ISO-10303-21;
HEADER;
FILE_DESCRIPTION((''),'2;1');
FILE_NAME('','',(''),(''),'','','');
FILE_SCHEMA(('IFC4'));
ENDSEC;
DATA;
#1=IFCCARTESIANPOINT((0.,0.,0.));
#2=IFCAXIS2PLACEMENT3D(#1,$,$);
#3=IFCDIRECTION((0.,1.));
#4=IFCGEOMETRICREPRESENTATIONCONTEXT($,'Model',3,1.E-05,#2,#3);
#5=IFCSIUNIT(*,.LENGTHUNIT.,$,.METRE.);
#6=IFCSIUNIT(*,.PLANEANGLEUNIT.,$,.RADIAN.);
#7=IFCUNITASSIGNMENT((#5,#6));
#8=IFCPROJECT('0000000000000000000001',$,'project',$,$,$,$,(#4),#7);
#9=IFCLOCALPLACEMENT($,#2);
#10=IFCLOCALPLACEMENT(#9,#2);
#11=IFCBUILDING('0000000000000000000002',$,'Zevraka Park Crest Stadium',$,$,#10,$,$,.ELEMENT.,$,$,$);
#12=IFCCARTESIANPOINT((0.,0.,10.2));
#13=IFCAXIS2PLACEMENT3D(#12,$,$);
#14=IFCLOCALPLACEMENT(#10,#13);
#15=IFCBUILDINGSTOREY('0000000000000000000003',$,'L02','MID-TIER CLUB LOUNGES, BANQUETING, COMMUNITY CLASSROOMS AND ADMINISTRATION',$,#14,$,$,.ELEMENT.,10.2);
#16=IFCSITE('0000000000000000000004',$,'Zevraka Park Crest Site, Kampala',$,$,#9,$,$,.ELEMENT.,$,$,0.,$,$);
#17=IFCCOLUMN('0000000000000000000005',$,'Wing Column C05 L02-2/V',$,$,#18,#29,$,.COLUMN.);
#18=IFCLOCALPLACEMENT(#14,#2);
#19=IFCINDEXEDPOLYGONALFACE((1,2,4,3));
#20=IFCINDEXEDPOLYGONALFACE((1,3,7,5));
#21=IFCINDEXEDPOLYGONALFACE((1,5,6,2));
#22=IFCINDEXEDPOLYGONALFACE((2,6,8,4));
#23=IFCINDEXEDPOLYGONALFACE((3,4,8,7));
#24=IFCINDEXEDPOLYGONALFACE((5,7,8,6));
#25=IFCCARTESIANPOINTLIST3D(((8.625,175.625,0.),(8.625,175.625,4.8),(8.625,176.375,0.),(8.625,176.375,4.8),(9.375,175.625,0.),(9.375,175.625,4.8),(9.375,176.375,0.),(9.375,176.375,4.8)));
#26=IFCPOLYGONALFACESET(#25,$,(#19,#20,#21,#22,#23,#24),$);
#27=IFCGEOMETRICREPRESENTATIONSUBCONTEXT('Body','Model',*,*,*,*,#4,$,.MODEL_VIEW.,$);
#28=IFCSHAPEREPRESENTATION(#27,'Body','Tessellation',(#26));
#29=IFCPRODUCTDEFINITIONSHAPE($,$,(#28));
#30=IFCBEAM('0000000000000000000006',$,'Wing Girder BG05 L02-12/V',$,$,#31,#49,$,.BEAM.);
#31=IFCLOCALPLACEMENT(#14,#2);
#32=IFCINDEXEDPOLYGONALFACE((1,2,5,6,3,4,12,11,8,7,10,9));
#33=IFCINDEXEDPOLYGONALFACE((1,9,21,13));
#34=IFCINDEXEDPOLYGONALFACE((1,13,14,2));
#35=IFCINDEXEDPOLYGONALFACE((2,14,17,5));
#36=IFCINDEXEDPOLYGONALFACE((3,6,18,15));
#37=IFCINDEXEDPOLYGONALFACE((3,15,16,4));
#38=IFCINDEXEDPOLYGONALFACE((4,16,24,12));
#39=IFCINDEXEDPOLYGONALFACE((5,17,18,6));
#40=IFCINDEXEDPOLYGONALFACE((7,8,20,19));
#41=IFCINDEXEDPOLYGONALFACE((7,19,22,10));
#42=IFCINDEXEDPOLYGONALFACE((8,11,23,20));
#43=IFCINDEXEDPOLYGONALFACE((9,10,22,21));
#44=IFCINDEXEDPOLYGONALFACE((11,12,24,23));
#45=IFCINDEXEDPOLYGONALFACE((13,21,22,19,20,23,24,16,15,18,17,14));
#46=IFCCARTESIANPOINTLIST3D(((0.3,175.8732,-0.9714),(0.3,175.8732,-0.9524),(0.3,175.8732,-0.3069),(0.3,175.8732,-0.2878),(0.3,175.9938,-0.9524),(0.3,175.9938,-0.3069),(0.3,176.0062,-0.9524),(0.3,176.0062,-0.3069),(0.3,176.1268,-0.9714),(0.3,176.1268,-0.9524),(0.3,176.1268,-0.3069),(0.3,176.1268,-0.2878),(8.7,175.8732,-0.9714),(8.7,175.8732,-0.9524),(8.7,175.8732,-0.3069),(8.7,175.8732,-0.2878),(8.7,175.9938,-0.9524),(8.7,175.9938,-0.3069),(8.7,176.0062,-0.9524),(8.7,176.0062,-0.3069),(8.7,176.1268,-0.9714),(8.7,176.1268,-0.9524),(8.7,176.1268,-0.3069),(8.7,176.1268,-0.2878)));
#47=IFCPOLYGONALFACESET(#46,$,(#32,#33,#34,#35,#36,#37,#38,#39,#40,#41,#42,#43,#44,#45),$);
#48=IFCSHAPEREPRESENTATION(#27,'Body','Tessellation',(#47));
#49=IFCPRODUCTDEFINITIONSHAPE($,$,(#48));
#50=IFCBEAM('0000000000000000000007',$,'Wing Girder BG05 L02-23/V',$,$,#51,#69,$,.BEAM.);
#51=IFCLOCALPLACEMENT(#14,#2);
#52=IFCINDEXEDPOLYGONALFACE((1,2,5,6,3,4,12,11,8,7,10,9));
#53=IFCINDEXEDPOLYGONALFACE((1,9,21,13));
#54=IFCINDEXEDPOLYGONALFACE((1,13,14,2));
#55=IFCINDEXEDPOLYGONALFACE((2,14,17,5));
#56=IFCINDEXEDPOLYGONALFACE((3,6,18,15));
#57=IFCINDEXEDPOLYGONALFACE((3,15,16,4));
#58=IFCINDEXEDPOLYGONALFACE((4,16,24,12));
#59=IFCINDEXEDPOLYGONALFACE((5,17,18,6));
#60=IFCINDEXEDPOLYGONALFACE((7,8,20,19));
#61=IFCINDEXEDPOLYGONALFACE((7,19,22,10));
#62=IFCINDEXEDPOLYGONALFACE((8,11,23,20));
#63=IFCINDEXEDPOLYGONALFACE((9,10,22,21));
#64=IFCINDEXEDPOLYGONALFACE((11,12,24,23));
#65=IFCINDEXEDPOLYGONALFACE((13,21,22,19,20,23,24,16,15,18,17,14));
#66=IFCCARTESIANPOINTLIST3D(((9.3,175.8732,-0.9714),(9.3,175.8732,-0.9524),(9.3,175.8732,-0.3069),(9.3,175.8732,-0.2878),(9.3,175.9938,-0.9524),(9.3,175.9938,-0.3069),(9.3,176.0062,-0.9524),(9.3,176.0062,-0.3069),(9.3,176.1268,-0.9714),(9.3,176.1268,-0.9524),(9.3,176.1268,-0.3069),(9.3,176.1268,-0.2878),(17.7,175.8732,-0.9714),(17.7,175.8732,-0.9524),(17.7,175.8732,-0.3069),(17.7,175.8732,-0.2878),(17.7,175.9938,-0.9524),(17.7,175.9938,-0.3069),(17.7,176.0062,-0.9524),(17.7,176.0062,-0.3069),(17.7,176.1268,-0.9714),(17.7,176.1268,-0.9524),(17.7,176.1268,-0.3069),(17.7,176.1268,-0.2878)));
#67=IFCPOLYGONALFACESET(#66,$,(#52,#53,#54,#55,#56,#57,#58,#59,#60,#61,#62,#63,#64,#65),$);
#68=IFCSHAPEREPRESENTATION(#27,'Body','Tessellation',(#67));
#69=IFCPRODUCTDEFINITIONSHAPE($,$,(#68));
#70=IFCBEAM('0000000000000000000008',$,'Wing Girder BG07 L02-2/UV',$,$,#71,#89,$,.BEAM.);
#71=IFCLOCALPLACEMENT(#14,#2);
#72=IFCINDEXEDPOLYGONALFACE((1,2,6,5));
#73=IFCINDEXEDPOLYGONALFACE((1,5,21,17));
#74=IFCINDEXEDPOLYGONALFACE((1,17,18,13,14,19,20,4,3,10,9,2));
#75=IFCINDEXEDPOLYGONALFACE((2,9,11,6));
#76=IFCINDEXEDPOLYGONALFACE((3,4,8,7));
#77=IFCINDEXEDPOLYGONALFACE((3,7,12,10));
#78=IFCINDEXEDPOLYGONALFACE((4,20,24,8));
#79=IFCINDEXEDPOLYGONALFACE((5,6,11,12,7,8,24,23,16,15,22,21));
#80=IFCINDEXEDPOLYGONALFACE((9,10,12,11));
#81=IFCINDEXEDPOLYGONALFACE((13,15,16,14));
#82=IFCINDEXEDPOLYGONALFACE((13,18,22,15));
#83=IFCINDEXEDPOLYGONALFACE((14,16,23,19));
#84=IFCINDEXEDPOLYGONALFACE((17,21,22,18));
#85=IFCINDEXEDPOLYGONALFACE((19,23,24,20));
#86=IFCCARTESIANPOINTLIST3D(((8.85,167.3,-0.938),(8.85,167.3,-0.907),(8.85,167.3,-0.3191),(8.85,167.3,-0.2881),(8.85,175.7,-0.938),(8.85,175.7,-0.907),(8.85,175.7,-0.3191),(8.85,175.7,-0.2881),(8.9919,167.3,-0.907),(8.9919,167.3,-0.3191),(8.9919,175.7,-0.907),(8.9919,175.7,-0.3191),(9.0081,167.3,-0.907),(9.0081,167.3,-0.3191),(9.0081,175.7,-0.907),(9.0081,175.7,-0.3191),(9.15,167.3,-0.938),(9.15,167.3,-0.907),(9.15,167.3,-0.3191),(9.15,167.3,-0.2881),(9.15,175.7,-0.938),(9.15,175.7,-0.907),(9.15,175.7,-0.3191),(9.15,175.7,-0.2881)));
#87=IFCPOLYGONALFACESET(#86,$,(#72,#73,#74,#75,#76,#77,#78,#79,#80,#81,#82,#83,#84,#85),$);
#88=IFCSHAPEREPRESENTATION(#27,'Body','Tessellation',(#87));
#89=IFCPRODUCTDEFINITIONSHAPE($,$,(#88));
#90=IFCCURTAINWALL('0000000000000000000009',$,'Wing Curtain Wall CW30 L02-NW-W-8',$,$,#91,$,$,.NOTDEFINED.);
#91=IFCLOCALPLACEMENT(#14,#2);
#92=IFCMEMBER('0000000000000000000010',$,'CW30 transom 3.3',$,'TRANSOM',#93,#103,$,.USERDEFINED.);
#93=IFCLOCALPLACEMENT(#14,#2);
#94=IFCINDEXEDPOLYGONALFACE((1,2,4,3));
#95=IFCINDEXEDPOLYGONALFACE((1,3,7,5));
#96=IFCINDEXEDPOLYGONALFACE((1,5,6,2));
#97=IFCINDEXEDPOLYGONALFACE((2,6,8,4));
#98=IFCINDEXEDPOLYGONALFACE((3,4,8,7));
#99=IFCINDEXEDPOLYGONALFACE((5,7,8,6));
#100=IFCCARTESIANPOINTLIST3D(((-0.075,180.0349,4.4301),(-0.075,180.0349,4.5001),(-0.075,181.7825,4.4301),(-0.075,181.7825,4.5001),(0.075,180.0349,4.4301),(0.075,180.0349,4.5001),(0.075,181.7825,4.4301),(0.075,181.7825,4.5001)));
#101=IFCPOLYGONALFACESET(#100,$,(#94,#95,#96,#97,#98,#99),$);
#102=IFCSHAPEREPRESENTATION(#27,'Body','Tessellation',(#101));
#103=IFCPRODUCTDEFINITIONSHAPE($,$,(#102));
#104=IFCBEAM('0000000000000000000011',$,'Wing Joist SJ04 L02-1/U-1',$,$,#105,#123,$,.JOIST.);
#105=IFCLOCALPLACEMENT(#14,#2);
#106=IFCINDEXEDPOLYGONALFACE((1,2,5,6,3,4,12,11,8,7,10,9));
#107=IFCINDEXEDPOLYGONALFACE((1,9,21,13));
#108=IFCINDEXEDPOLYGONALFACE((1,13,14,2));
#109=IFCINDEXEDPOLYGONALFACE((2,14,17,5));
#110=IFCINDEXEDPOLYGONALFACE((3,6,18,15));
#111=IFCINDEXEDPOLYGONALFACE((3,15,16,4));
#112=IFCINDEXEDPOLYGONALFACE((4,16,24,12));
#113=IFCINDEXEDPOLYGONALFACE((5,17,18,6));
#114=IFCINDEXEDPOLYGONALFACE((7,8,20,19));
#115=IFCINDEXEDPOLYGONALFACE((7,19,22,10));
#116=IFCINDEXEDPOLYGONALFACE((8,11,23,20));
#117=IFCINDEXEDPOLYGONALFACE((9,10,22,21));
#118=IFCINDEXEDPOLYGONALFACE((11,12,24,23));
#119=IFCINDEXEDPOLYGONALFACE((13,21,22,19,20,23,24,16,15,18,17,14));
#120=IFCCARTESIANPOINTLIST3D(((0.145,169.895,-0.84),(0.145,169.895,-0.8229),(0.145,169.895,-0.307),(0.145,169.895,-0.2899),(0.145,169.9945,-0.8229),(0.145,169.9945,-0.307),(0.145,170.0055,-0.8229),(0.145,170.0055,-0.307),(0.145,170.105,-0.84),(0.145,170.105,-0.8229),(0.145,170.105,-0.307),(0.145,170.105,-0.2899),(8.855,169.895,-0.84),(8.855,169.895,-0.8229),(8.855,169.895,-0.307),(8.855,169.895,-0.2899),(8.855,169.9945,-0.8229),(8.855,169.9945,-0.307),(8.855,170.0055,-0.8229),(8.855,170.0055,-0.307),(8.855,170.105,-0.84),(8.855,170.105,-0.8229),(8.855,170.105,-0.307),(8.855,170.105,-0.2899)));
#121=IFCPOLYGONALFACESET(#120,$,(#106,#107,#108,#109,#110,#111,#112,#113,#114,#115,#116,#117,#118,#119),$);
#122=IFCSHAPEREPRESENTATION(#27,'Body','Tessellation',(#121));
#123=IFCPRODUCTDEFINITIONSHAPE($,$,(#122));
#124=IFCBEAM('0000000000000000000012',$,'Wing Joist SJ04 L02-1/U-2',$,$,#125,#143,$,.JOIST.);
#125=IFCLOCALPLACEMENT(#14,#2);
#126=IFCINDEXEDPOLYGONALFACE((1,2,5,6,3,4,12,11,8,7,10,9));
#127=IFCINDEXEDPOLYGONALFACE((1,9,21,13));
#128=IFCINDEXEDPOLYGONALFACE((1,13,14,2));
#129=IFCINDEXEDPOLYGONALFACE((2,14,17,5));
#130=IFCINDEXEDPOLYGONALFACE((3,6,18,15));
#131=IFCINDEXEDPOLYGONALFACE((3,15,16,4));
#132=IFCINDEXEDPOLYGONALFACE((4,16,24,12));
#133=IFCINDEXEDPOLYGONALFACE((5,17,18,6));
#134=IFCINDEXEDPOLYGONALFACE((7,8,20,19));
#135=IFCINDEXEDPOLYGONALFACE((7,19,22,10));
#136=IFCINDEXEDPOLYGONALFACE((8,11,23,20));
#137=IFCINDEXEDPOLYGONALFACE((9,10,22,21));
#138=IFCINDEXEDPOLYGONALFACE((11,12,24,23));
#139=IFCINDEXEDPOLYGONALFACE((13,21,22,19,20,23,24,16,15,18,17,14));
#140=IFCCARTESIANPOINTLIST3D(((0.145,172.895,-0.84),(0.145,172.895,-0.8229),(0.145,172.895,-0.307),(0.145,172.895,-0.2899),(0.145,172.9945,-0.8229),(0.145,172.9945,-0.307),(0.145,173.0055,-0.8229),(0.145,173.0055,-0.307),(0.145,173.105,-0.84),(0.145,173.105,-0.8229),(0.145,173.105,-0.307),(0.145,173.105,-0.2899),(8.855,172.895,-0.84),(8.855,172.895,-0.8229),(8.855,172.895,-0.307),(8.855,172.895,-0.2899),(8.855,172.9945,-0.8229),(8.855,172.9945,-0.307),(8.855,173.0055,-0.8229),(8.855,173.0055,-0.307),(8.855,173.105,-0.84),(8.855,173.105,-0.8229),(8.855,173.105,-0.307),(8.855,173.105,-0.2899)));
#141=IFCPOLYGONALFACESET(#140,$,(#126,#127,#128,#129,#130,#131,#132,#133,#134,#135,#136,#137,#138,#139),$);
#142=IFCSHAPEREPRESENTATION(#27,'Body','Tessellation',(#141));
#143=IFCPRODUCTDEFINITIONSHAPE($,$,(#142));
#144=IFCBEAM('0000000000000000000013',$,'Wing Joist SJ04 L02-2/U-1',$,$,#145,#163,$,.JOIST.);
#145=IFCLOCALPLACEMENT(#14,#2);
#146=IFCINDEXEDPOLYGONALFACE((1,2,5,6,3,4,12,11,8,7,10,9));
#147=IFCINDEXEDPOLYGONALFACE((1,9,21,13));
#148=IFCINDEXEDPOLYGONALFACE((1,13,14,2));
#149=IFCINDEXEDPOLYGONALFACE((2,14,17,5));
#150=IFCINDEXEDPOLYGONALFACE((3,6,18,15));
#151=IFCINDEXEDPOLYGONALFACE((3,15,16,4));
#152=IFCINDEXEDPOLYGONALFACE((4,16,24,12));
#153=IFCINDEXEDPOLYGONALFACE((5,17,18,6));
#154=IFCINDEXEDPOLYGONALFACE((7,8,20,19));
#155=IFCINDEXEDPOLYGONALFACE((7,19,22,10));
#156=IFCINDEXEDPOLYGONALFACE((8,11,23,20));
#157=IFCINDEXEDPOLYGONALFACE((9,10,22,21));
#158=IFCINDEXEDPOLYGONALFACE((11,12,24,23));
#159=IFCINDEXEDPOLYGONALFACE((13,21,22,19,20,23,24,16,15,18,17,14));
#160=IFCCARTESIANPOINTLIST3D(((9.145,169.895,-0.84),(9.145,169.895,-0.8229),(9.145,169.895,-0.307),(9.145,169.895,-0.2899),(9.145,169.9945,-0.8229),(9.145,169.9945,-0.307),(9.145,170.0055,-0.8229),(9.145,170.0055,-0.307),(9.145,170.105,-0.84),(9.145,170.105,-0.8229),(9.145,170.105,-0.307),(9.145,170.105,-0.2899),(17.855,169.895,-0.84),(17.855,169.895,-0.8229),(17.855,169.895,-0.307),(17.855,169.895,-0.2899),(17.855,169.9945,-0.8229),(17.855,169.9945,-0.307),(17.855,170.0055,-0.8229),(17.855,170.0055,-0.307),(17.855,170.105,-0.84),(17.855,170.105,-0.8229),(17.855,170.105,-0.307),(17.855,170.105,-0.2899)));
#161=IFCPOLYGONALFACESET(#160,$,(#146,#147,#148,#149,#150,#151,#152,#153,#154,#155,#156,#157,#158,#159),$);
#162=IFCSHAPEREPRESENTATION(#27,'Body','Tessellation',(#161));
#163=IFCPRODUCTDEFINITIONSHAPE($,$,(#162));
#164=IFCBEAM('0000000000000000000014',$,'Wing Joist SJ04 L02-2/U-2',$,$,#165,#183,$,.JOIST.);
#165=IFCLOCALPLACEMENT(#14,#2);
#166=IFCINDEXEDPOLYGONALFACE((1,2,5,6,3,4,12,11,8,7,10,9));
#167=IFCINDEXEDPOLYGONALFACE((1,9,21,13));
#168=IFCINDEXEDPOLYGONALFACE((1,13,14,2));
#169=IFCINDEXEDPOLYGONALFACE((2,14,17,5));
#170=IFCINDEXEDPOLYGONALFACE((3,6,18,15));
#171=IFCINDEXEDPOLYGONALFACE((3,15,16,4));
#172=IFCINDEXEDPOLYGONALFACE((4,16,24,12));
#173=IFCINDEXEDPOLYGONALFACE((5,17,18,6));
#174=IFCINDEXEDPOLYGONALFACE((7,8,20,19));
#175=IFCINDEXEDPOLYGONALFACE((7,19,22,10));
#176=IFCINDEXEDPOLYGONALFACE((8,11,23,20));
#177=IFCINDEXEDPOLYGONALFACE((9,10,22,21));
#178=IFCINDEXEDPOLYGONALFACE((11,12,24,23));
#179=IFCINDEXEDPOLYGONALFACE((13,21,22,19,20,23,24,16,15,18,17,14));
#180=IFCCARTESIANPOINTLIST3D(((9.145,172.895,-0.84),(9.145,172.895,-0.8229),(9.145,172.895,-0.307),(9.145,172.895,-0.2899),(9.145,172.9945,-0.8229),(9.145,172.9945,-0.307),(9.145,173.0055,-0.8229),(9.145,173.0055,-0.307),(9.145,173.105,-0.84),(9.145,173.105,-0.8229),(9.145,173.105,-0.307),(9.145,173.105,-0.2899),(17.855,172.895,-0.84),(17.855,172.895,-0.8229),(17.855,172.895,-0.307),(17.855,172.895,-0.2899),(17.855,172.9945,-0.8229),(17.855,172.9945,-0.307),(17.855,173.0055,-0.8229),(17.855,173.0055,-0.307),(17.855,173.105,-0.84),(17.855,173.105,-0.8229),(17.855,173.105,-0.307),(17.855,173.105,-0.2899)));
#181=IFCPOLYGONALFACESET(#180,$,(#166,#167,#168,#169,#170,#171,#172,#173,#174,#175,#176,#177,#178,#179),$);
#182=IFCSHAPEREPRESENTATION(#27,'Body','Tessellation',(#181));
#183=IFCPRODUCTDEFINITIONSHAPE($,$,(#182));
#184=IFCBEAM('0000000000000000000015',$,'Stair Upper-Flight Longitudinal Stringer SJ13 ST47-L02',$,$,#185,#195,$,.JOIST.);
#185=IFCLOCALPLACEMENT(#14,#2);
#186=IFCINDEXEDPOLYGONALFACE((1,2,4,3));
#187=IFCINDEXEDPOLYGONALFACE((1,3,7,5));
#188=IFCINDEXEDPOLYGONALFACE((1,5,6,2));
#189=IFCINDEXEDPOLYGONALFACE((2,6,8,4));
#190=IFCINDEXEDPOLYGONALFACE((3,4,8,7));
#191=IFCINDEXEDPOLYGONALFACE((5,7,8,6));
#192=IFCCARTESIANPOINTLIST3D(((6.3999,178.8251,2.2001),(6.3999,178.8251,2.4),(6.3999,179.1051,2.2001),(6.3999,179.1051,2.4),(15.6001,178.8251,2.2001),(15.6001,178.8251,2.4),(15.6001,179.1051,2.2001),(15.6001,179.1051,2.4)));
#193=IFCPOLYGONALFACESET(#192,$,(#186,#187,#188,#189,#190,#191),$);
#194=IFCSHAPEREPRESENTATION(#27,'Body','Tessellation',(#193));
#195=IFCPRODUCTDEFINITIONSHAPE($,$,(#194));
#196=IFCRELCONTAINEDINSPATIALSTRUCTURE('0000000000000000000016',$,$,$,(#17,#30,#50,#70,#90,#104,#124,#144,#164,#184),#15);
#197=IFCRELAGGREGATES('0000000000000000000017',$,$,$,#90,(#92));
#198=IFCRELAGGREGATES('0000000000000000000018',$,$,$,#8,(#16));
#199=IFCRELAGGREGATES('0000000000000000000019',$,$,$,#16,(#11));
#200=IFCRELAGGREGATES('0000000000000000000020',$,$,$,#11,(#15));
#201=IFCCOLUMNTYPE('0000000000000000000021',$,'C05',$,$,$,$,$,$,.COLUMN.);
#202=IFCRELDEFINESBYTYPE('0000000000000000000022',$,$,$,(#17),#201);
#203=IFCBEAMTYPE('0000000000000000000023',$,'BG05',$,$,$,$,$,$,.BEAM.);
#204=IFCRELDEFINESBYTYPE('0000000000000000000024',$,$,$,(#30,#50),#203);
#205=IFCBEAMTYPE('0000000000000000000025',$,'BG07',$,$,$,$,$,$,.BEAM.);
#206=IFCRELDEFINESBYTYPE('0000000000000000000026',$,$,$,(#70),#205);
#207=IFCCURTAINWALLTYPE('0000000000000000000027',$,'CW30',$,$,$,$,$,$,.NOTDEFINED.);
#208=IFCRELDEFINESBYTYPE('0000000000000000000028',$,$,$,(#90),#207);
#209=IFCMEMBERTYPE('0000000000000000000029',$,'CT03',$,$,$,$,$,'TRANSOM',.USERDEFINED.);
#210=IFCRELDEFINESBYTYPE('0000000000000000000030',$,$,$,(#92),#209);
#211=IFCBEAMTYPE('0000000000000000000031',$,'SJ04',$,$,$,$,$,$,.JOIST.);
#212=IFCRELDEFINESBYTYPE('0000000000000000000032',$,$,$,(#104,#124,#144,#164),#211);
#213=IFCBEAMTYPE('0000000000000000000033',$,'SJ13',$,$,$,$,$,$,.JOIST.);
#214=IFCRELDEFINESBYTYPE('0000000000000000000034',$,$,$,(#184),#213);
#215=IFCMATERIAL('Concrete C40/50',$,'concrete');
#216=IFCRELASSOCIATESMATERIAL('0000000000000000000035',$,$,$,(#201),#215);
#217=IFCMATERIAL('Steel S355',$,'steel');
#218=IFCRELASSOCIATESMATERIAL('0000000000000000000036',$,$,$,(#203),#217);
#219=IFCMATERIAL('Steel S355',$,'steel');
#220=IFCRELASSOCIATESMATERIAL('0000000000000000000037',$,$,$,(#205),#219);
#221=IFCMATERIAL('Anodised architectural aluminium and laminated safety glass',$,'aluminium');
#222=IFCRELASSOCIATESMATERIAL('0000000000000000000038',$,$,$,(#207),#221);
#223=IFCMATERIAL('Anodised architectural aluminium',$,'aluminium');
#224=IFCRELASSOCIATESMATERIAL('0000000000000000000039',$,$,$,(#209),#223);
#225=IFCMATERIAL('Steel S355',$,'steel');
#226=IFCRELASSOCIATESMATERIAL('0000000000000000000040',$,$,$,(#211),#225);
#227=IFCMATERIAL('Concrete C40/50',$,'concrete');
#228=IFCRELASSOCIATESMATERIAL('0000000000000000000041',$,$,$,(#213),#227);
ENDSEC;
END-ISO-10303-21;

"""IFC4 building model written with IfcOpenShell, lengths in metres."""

from ifc_helpers import new_model, si_unit, direction, frame, origin, origin_2d, place, context, subcontext, project, spatial, rectangle, i_section, extrude, material, material_profile, profile_set, type_object, element, aggregate, save


model = new_model("IFC4")

# Units and contexts
model_context = context("Model", 3, precision=1e-05, world=origin(), true_north=direction((0.0, 1.0)))
body_context = subcontext(model_context, "Body", "Model", "MODEL_VIEW")
ifc_project = project(units=[si_unit("LENGTHUNIT", "METRE"), si_unit("PLANEANGLEUNIT", "RADIAN")], contexts=[model_context])

# Site, building, storey
site_placement = place(None, origin())
site = spatial("IfcSite", under=ifc_project, at=site_placement, Name="Zevraka Park Crest Site, Kampala", CompositionType="ELEMENT", RefElevation=0.0)
building_placement = place(site_placement, origin())
building = spatial("IfcBuilding", under=site, at=building_placement, Name="Zevraka Park Crest Stadium", CompositionType="ELEMENT")
storey_placement = place(building_placement, frame((0.0, 0.0, 10.2)))
storey = spatial("IfcBuildingStorey", under=building, at=storey_placement, Name="L02", Description="MID-TIER CLUB LOUNGES, BANQUETING, COMMUNITY CLASSROOMS AND ADMINISTRATION", CompositionType="ELEMENT", Elevation=10.2)

# Column
ifc_material_1 = material(Name="Concrete C40/50", Category="concrete")
ifc_material_profile_1 = material_profile(ifc_material_1, rectangle(XDim=0.75, YDim=0.75, at=origin_2d()), Name="RC 750x750")
ifc_profile_set_1 = profile_set([ifc_material_profile_1], Name="Concrete C40/50")
column_type = type_object("IfcColumnType", Name="C05", PredefinedType="COLUMN", material=ifc_profile_set_1)
column_placement = place(storey_placement, frame((9.0, 176.0, 0.0), z_axis=(0.0, 0.0, 1.0), x_axis=(1.0, 0.0, 0.0)))
element("IfcColumn", 1, at=column_placement, inside=storey, type_object=column_type, Name="Wing Column C05 L02-2/V", PredefinedType="COLUMN", context=body_context, shape_type="SweptSolid", body=[
    extrude(rectangle(XDim=0.75, YDim=0.75, at=origin_2d()), origin(), (0.0, 0.0, 1.0), 4.8),
])

# Beams
ifc_material_2 = material(Name="Steel S355", Category="steel")
ifc_material_profile_2 = material_profile(ifc_material_2, i_section(OverallWidth=0.2537, OverallDepth=0.6836, WebThickness=0.0125, FlangeThickness=0.019, at=origin_2d()), Name="UKB 686x254x140")
ifc_profile_set_2 = profile_set([ifc_material_profile_2], Name="Steel S355")
beam_type_1 = type_object("IfcBeamType", Name="BG05", PredefinedType="BEAM", material=ifc_profile_set_2)
for number, where, z_axis, x_axis, name in (
    (2, (0.3, 176.0, -0.6296), (1.0, 0.0, 0.0), (0.0, 1.0, 0.0), "Wing Girder BG05 L02-12/V"),
    (3, (9.3, 176.0, -0.6296), (1.0, 0.0, 0.0), (0.0, 1.0, 0.0), "Wing Girder BG05 L02-23/V"),
):
    element("IfcBeam", number, at=place(storey_placement, frame(where, z_axis=z_axis, x_axis=x_axis)), inside=storey, type_object=beam_type_1, Name=name, PredefinedType="BEAM", context=body_context, shape_type="SweptSolid", body=[
        extrude(i_section(OverallWidth=0.2537, OverallDepth=0.6836, WebThickness=0.0125, FlangeThickness=0.019, at=origin_2d()), origin(), (0.0, 0.0, 1.0), 8.3999),
    ])
ifc_material_3 = material(Name="Steel S355", Category="steel")
ifc_material_profile_3 = material_profile(ifc_material_3, i_section(OverallWidth=0.3, OverallDepth=0.6499, WebThickness=0.0161, FlangeThickness=0.031, at=origin_2d()), Name="HEB 650")
ifc_profile_set_3 = profile_set([ifc_material_profile_3], Name="Steel S355")
beam_type_2 = type_object("IfcBeamType", Name="BG07", PredefinedType="BEAM", material=ifc_profile_set_3)
beam_1_placement = place(storey_placement, frame((9.0, 167.3, -0.613), z_axis=(0.0, 1.0, 0.0), x_axis=(-1.0, 0.0, 0.0)))
element("IfcBeam", 4, at=beam_1_placement, inside=storey, type_object=beam_type_2, Name="Wing Girder BG07 L02-2/UV", PredefinedType="BEAM", context=body_context, shape_type="SweptSolid", body=[
    extrude(i_section(OverallWidth=0.3, OverallDepth=0.6499, WebThickness=0.0161, FlangeThickness=0.031, at=origin_2d()), origin(), (0.0, 0.0, 1.0), 8.3999),
])

# Curtain wall, member
ifc_material_4 = material(Name="Anodised architectural aluminium and laminated safety glass", Category="aluminium")
curtain_wall_type = type_object("IfcCurtainWallType", Name="CW30", PredefinedType="NOTDEFINED", material=ifc_material_4)
curtain_wall_placement = place(storey_placement, origin())
curtain_wall = element("IfcCurtainWall", 5, at=curtain_wall_placement, inside=storey, type_object=curtain_wall_type, Name="Wing Curtain Wall CW30 L02-NW-W-8", PredefinedType="NOTDEFINED")
ifc_material_5 = material(Name="Anodised architectural aluminium", Category="aluminium")
ifc_material_profile_4 = material_profile(ifc_material_5, rectangle(XDim=0.1499, YDim=0.0701, at=origin_2d()), Name="ALU TRANSOM 150x70")
ifc_profile_set_4 = profile_set([ifc_material_profile_4], Name="Anodised architectural aluminium")
member_type = type_object("IfcMemberType", Name="CT03", ElementType="TRANSOM", PredefinedType="USERDEFINED", material=ifc_profile_set_4)
member_placement = place(storey_placement, frame((0.0, 180.0349, 4.4651), z_axis=(0.0, 1.0, 0.0), x_axis=(-1.0, 0.0, 0.0)))
member = element("IfcMember", 6, at=member_placement, type_object=member_type, Name="CW30 transom 3.3", ObjectType="TRANSOM", PredefinedType="USERDEFINED", context=body_context, shape_type="SweptSolid", body=[
    extrude(rectangle(XDim=0.1499, YDim=0.0701, at=origin_2d()), origin(), (0.0, 0.0, 1.0), 1.7476),
])

# Beams
ifc_material_6 = material(Name="Steel S355", Category="steel")
ifc_material_profile_5 = material_profile(ifc_material_6, i_section(OverallWidth=0.21, OverallDepth=0.55, WebThickness=0.011, FlangeThickness=0.0171, at=origin_2d()), Name="IPE 550")
ifc_profile_set_5 = profile_set([ifc_material_profile_5], Name="Steel S355")
beam_type_3 = type_object("IfcBeamType", Name="SJ04", PredefinedType="JOIST", material=ifc_profile_set_5)
for number, where, z_axis, x_axis, name in (
    (7, (0.145, 170.0, -0.5649), (1.0, 0.0, 0.0), (0.0, 1.0, 0.0), "Wing Joist SJ04 L02-1/U-1"),
    (8, (0.145, 173.0, -0.5649), (1.0, 0.0, 0.0), (0.0, 1.0, 0.0), "Wing Joist SJ04 L02-1/U-2"),
    (9, (9.145, 170.0, -0.5649), (1.0, 0.0, 0.0), (0.0, 1.0, 0.0), "Wing Joist SJ04 L02-2/U-1"),
    (10, (9.145, 173.0, -0.5649), (1.0, 0.0, 0.0), (0.0, 1.0, 0.0), "Wing Joist SJ04 L02-2/U-2"),
):
    element("IfcBeam", number, at=place(storey_placement, frame(where, z_axis=z_axis, x_axis=x_axis)), inside=storey, type_object=beam_type_3, Name=name, PredefinedType="JOIST", context=body_context, shape_type="SweptSolid", body=[
        extrude(i_section(OverallWidth=0.21, OverallDepth=0.55, WebThickness=0.011, FlangeThickness=0.0171, at=origin_2d()), origin(), (0.0, 0.0, 1.0), 8.71),
    ])
ifc_material_7 = material(Name="Concrete C40/50", Category="concrete")
ifc_material_profile_6 = material_profile(ifc_material_7, rectangle(XDim=0.28, YDim=0.2, at=origin_2d()), Name="RC 200x280")
ifc_profile_set_6 = profile_set([ifc_material_profile_6], Name="Concrete C40/50")
beam_type_4 = type_object("IfcBeamType", Name="SJ13", PredefinedType="JOIST", material=ifc_profile_set_6)
beam_2_placement = place(storey_placement, frame((15.6001, 178.9651, 2.3), z_axis=(-1.0, 0.0, 0.0), x_axis=(0.0, -1.0, 0.0)))
element("IfcBeam", 11, at=beam_2_placement, inside=storey, type_object=beam_type_4, Name="Stair Upper-Flight Longitudinal Stringer SJ13 ST47-L02", PredefinedType="JOIST", context=body_context, shape_type="SweptSolid", body=[
    extrude(rectangle(XDim=0.28, YDim=0.2, at=origin_2d()), origin(), (0.0, 0.0, 1.0), 9.2002),
])

aggregate(curtain_wall, [member])

save(model, "model.ifc")
